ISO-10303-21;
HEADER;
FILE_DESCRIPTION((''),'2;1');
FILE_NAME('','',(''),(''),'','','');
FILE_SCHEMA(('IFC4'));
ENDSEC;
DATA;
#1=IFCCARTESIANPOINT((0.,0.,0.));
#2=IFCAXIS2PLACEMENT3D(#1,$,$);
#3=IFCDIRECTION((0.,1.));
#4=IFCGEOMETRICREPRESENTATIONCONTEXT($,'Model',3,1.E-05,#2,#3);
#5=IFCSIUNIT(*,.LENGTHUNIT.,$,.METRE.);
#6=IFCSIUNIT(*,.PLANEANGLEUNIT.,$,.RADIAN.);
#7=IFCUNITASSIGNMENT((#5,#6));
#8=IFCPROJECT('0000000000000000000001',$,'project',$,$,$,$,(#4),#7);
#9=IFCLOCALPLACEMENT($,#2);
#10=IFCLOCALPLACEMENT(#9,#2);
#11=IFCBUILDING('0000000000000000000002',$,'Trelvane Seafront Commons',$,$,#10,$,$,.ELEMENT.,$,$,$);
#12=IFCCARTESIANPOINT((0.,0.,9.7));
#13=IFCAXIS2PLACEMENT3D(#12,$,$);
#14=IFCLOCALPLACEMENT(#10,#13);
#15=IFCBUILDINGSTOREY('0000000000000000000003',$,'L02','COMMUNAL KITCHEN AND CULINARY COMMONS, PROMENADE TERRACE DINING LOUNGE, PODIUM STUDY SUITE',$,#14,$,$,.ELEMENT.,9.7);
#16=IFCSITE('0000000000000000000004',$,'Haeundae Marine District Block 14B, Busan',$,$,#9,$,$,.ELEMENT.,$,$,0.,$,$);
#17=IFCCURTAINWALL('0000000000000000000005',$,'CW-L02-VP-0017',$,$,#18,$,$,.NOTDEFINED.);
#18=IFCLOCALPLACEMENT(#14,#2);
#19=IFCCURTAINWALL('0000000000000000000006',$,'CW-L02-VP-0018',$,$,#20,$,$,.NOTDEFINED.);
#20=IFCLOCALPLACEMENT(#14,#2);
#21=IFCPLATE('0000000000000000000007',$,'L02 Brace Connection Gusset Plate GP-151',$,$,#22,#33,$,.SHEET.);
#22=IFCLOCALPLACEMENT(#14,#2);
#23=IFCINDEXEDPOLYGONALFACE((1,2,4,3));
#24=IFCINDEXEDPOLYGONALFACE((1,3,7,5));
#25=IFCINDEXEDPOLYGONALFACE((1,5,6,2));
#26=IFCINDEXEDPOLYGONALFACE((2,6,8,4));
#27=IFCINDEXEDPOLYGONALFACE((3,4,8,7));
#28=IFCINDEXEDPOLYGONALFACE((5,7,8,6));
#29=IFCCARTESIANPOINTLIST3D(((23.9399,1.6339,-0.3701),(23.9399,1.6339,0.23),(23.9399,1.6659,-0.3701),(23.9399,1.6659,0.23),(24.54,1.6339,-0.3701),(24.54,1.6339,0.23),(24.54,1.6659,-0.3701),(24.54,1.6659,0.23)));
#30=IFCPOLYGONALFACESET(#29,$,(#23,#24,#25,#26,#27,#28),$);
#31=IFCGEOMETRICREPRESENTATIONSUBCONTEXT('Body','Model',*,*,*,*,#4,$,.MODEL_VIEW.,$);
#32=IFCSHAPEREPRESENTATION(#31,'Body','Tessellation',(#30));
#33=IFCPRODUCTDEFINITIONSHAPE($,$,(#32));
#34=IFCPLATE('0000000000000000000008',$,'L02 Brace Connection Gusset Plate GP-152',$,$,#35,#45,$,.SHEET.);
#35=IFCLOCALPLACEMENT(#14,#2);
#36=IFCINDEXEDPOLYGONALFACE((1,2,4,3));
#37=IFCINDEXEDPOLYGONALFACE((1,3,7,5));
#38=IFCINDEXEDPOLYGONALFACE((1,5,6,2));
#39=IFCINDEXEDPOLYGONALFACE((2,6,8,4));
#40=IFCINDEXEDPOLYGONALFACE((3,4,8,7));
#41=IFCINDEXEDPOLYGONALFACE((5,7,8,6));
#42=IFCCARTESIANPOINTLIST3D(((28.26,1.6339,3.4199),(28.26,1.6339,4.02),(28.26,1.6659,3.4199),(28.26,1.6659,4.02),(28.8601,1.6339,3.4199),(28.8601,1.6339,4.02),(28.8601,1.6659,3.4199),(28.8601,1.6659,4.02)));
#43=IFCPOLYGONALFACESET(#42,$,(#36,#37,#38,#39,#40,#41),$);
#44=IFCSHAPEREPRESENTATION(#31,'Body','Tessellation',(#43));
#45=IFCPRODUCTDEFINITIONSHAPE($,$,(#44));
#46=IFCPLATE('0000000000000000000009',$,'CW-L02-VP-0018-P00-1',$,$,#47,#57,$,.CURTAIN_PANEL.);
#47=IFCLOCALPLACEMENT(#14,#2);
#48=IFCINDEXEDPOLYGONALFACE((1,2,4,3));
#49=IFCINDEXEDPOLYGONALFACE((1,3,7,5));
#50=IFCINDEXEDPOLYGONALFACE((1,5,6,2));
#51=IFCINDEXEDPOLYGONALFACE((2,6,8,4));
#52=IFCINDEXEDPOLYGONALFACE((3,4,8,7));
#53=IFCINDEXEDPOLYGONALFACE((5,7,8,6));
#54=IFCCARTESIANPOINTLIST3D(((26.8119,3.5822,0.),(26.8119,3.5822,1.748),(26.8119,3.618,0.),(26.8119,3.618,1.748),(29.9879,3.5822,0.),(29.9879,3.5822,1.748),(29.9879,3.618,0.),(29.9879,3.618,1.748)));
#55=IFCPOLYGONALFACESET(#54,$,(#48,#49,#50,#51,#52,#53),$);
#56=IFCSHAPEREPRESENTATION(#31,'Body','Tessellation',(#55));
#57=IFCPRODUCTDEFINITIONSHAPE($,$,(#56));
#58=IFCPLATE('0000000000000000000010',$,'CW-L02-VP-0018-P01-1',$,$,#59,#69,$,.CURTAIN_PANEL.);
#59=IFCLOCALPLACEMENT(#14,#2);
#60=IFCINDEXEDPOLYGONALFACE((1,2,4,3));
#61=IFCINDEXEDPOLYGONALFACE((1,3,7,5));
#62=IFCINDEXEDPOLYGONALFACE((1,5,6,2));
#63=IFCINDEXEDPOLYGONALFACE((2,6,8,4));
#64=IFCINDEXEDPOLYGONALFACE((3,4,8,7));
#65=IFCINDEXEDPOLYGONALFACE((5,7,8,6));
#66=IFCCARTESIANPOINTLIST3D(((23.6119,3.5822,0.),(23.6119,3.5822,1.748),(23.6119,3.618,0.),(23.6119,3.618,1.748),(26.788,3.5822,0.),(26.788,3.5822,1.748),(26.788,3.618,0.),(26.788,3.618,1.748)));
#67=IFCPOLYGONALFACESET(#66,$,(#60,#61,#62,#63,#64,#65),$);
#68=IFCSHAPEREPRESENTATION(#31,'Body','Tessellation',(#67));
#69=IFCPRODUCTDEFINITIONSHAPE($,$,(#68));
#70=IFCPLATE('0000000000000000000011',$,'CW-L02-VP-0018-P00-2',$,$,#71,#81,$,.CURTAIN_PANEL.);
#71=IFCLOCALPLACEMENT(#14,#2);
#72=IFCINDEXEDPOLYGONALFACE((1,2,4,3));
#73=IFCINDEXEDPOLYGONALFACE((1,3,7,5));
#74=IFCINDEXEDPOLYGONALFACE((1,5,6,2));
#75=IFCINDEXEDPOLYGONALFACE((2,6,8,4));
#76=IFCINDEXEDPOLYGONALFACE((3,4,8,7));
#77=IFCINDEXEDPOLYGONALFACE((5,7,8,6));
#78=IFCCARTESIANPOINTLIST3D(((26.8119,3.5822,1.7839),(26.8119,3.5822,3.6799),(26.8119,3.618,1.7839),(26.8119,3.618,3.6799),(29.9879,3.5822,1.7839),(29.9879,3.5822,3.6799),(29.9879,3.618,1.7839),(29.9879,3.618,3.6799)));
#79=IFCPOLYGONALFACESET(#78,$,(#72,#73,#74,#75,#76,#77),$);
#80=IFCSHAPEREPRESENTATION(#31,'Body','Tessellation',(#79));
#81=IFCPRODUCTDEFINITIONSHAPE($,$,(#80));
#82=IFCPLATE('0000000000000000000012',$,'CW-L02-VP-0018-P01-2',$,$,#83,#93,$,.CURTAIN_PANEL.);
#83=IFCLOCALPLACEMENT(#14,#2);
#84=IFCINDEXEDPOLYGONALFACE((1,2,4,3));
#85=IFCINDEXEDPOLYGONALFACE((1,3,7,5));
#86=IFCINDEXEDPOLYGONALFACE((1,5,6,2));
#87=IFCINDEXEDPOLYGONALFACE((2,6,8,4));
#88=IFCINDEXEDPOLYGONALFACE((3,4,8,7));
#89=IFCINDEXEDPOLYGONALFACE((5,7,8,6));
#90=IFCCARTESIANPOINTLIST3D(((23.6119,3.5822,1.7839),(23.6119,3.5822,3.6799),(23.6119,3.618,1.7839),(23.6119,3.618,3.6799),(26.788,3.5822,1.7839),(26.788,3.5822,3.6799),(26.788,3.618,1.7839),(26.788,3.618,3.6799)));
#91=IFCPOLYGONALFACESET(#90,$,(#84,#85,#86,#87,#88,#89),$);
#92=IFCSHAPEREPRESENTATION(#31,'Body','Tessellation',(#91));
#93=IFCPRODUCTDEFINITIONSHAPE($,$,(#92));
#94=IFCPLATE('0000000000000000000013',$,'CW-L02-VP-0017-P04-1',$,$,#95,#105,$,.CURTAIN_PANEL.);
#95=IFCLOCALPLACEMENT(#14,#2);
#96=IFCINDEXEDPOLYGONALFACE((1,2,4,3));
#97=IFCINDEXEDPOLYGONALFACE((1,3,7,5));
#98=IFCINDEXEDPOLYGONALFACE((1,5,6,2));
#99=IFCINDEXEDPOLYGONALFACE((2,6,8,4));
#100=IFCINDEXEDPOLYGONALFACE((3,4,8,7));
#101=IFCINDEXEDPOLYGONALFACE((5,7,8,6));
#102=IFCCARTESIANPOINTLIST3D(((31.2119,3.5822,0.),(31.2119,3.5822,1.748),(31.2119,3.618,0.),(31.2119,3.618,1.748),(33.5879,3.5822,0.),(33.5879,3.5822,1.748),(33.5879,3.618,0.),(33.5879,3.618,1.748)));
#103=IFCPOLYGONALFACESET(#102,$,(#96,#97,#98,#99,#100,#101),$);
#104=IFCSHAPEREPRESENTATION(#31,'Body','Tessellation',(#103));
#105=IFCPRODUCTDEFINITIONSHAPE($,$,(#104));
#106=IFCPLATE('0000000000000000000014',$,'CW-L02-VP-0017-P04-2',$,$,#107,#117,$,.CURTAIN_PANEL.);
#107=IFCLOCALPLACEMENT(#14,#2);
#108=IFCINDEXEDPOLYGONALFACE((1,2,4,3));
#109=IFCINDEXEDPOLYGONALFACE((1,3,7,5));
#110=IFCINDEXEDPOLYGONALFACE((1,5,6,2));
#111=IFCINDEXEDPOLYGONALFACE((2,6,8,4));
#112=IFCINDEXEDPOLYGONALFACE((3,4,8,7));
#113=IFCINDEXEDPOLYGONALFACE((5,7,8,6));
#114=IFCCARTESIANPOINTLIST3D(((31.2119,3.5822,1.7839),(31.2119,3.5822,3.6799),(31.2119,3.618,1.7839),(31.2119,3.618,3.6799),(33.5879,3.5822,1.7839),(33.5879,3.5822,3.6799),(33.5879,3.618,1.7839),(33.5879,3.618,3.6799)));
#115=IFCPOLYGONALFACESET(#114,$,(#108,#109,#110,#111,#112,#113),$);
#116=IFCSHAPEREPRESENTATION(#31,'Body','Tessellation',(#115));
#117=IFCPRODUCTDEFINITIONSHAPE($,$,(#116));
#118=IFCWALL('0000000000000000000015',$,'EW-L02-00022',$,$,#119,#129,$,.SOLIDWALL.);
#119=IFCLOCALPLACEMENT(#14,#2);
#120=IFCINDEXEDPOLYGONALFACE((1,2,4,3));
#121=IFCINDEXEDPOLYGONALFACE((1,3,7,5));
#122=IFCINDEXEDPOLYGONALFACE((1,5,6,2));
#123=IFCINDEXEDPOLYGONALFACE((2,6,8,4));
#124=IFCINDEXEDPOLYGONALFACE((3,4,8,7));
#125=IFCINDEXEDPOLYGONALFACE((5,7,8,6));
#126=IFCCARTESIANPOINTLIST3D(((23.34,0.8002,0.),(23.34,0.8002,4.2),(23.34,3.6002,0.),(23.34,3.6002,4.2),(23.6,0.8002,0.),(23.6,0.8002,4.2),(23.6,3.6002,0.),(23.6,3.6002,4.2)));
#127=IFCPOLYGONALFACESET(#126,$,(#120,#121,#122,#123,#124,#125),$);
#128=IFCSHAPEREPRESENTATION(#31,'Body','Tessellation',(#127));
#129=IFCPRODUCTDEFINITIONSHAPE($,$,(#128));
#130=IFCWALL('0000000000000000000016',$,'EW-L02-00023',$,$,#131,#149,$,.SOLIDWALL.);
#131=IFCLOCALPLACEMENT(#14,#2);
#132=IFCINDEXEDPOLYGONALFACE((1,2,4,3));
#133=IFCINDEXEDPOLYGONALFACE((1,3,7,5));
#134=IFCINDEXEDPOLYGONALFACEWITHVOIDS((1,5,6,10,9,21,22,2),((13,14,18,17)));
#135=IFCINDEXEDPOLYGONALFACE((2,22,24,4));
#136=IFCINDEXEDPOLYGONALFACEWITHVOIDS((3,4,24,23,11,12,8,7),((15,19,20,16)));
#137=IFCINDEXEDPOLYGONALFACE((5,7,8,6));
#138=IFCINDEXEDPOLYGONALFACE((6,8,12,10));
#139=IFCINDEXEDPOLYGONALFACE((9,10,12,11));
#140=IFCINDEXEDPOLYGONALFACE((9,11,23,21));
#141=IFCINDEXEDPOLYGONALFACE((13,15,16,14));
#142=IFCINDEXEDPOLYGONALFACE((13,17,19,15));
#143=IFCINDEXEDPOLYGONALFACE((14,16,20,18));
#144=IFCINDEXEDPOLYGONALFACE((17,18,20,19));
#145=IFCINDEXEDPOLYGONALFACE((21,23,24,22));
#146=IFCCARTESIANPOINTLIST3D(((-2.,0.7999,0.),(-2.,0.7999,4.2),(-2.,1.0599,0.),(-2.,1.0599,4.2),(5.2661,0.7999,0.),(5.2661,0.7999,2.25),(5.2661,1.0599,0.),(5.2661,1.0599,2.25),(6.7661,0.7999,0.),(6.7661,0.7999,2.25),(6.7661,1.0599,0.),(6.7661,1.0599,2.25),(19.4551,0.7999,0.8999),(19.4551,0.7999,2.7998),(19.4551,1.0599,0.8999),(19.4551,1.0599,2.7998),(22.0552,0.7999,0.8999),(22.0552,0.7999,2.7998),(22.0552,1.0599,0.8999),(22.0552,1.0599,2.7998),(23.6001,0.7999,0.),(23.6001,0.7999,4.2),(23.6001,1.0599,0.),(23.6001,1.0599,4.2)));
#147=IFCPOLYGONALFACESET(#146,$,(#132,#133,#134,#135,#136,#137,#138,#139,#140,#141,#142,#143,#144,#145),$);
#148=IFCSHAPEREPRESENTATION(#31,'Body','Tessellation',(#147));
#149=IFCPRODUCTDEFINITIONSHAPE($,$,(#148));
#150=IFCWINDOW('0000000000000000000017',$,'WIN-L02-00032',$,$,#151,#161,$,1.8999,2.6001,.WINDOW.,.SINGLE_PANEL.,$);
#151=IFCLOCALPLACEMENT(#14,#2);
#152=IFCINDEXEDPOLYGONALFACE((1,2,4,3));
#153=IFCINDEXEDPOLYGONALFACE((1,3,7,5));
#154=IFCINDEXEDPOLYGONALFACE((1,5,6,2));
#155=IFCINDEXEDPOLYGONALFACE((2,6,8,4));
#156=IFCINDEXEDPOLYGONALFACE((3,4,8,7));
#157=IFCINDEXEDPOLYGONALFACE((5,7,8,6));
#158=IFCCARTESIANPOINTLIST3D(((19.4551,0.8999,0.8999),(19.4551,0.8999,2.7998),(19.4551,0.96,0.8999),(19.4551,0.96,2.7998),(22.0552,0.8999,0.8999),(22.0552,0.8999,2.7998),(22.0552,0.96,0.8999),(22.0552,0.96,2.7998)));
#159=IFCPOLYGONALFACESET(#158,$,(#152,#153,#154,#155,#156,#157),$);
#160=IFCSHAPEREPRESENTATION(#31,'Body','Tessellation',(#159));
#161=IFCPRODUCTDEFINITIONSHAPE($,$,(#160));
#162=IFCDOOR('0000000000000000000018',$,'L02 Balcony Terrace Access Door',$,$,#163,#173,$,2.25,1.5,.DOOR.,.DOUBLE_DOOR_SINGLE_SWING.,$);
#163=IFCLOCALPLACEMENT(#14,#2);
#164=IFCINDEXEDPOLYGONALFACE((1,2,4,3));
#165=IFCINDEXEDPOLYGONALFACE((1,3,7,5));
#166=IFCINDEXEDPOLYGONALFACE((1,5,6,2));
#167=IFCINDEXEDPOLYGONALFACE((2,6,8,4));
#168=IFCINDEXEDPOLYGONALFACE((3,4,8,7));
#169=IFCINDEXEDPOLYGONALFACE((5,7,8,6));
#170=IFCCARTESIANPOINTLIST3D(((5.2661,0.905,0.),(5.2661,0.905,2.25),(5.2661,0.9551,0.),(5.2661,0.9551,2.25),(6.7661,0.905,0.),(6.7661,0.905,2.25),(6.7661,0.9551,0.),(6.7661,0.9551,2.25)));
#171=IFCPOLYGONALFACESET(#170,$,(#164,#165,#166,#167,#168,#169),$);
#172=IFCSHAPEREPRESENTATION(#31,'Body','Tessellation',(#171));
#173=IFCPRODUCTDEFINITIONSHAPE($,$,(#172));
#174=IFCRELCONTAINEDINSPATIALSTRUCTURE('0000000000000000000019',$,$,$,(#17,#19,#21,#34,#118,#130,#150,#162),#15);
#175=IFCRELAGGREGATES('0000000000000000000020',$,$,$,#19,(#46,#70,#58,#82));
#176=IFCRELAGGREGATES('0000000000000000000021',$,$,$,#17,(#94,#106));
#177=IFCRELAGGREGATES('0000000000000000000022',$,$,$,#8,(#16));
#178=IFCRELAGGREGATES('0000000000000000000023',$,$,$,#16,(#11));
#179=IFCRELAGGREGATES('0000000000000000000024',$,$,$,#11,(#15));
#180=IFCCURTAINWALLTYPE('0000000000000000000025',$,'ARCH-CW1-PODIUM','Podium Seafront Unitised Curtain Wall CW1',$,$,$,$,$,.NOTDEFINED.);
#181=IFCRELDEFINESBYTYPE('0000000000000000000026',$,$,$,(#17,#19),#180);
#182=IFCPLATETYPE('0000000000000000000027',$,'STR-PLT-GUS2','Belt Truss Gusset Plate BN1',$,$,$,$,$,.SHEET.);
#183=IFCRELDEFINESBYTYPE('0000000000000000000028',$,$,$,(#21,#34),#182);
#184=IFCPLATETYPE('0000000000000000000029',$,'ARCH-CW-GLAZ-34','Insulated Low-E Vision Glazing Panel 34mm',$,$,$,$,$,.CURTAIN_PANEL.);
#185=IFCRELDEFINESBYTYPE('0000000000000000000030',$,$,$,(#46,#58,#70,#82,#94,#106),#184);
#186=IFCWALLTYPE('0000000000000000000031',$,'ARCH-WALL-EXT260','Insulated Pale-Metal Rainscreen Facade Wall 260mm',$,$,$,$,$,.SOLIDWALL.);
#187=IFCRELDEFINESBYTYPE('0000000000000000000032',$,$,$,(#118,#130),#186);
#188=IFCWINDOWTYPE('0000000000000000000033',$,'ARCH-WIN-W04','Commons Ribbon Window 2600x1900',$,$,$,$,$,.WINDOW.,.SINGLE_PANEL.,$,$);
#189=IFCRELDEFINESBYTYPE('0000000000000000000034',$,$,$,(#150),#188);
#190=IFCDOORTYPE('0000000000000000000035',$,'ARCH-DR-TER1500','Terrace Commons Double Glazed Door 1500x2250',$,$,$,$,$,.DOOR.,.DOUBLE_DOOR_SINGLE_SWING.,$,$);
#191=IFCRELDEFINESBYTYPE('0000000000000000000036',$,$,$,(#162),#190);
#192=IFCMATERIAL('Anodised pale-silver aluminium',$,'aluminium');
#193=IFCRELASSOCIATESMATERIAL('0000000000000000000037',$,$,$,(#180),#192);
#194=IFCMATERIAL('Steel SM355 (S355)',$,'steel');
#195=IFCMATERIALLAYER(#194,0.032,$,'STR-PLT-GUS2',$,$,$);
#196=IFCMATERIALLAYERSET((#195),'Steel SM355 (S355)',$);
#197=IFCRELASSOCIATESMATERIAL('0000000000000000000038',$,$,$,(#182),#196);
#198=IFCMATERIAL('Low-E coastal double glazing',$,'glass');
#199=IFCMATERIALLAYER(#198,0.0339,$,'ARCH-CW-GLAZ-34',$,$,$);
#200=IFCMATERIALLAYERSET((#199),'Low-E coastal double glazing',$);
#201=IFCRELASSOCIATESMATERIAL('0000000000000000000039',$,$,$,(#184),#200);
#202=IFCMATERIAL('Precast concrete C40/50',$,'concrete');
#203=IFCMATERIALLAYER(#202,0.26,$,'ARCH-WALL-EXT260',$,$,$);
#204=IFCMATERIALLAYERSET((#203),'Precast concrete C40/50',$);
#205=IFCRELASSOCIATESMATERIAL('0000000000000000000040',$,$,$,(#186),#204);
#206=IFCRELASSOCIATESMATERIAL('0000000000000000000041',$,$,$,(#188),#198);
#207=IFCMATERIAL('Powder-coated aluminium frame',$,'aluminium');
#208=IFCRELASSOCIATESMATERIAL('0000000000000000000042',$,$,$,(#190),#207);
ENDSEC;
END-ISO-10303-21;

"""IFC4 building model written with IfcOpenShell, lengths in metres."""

from ifc_helpers import new_model, si_unit, direction, frame, frame_2d, origin, origin_2d, place, context, subcontext, project, spatial, rectangle, extrude, source, transform, mapped, material, layer, layer_set, type_object, element, fill, aggregate, save


model = new_model("IFC4")

# Units and contexts
model_context = context("Model", 3, precision=1e-05, world=origin(), true_north=direction((0.0, 1.0)))
body_context = subcontext(model_context, "Body", "Model", "MODEL_VIEW")
ifc_project = project(units=[si_unit("LENGTHUNIT", "METRE"), si_unit("PLANEANGLEUNIT", "RADIAN")], contexts=[model_context])

# Site, building, storey
site_placement = place(None, origin())
site = spatial("IfcSite", under=ifc_project, at=site_placement, Name="Haeundae Marine District Block 14B, Busan", CompositionType="ELEMENT", RefElevation=0.0)
building_placement = place(site_placement, origin())
building = spatial("IfcBuilding", under=site, at=building_placement, Name="Trelvane Seafront Commons", CompositionType="ELEMENT")
storey_placement = place(building_placement, frame((0.0, 0.0, 9.7)))
storey = spatial("IfcBuildingStorey", under=building, at=storey_placement, Name="L02", Description="COMMUNAL KITCHEN AND CULINARY COMMONS, PROMENADE TERRACE DINING LOUNGE, PODIUM STUDY SUITE", CompositionType="ELEMENT", Elevation=9.7)

# Shared definitions
ifc_material_1 = material(Name="Steel SM355 (S355)", Category="steel")

# Curtain wall
ifc_material_2 = material(Name="Anodised pale-silver aluminium", Category="aluminium")
curtain_wall_type = type_object("IfcCurtainWallType", Name="ARCH-CW1-PODIUM", Description="Podium Seafront Unitised Curtain Wall CW1", PredefinedType="NOTDEFINED", material=ifc_material_2)
curtain_wall_1_placement = place(storey_placement, origin())
curtain_wall_1 = element("IfcCurtainWall", 1, at=curtain_wall_1_placement, inside=storey, type_object=curtain_wall_type, Name="CW-L02-VP-0017", PredefinedType="NOTDEFINED")

# Curtain wall
curtain_wall_2_placement = place(storey_placement, origin())
curtain_wall_2 = element("IfcCurtainWall", 2, at=curtain_wall_2_placement, inside=storey, type_object=curtain_wall_type, Name="CW-L02-VP-0018", PredefinedType="NOTDEFINED")

# Plates
ifc_layer_1 = layer(ifc_material_1, 0.032, Name="STR-PLT-GUS2")
ifc_layer_set_1 = layer_set([ifc_layer_1], Name="Steel SM355 (S355)")
plate_type_1 = type_object("IfcPlateType", Name="STR-PLT-GUS2", Description="Belt Truss Gusset Plate BN1", PredefinedType="SHEET", material=ifc_layer_set_1)
shared_shape_1 = source(origin(), body_context, "Body", "SweptSolid", [
    extrude(rectangle(XDim=0.6001, YDim=0.032, at=origin_2d()), origin(), (0.0, 0.0, 1.0), 0.6001),
])
for number, where, z_axis, x_axis, name in (
    (3, (24.24, 1.6499, -0.3701), (0.0, 0.0, 1.0), (1.0, 0.0, 0.0), "L02 Brace Connection Gusset Plate GP-151"),
    (4, (28.5601, 1.6499, 3.4199), (0.0, 0.0, 1.0), (1.0, 0.0, 0.0), "L02 Brace Connection Gusset Plate GP-152"),
):
    element("IfcPlate", number, at=place(storey_placement, frame(where, z_axis=z_axis, x_axis=x_axis)), inside=storey, type_object=plate_type_1, Name=name, PredefinedType="SHEET", context=body_context, shape_type="MappedRepresentation", body=[
        mapped(shared_shape_1, transform((0.0, 0.0, 0.0), x_axis=(1.0, 0.0, 0.0), y_axis=(0.0, 1.0, 0.0), z_axis=(0.0, 0.0, 1.0), scale=1.0)),
    ])

# Plates
ifc_material_3 = material(Name="Low-E coastal double glazing", Category="glass")
ifc_layer_2 = layer(ifc_material_3, 0.0339, Name="ARCH-CW-GLAZ-34")
ifc_layer_set_2 = layer_set([ifc_layer_2], Name="Low-E coastal double glazing")
plate_type_2 = type_object("IfcPlateType", Name="ARCH-CW-GLAZ-34", Description="Insulated Low-E Vision Glazing Panel 34mm", PredefinedType="CURTAIN_PANEL", material=ifc_layer_set_2)
shared_shape_2 = source(origin(), body_context, "Body", "SweptSolid", [
    extrude(rectangle(XDim=3.176, YDim=0.0359, at=origin_2d()), origin(), (0.0, 0.0, 1.0), 1.748),
])
plate_1_placement = place(storey_placement, frame((28.3999, 3.6001, 0.0), z_axis=(0.0, 0.0, 1.0), x_axis=(-1.0, 0.0, 0.0)))
plate_1 = element("IfcPlate", 5, at=plate_1_placement, type_object=plate_type_2, Name="CW-L02-VP-0018-P00-1", PredefinedType="CURTAIN_PANEL", context=body_context, shape_type="MappedRepresentation", body=[
    mapped(shared_shape_2, transform((0.0, 0.0, 0.0), x_axis=(1.0, 0.0, 0.0), y_axis=(0.0, 1.0, 0.0), z_axis=(0.0, 0.0, 1.0), scale=1.0)),
])
plate_2_placement = place(storey_placement, frame((25.2, 3.6001, 0.0), z_axis=(0.0, 0.0, 1.0), x_axis=(-1.0, 0.0, 0.0)))
plate_2 = element("IfcPlate", 6, at=plate_2_placement, type_object=plate_type_2, Name="CW-L02-VP-0018-P01-1", PredefinedType="CURTAIN_PANEL", context=body_context, shape_type="MappedRepresentation", body=[
    mapped(shared_shape_2, transform((0.0, 0.0, 0.0), x_axis=(1.0, 0.0, 0.0), y_axis=(0.0, 1.0, 0.0), z_axis=(0.0, 0.0, 1.0), scale=1.0)),
])
shared_shape_3 = source(origin(), body_context, "Body", "SweptSolid", [
    extrude(rectangle(XDim=3.176, YDim=0.0359, at=origin_2d()), origin(), (0.0, 0.0, 1.0), 1.896),
])
plate_3_placement = place(storey_placement, frame((28.3999, 3.6001, 1.7839), z_axis=(0.0, 0.0, 1.0), x_axis=(-1.0, 0.0, 0.0)))
plate_3 = element("IfcPlate", 7, at=plate_3_placement, type_object=plate_type_2, Name="CW-L02-VP-0018-P00-2", PredefinedType="CURTAIN_PANEL", context=body_context, shape_type="MappedRepresentation", body=[
    mapped(shared_shape_3, transform((0.0, 0.0, 0.0), x_axis=(1.0, 0.0, 0.0), y_axis=(0.0, 1.0, 0.0), z_axis=(0.0, 0.0, 1.0), scale=1.0)),
])
plate_4_placement = place(storey_placement, frame((25.2, 3.6001, 1.7839), z_axis=(0.0, 0.0, 1.0), x_axis=(-1.0, 0.0, 0.0)))
plate_4 = element("IfcPlate", 8, at=plate_4_placement, type_object=plate_type_2, Name="CW-L02-VP-0018-P01-2", PredefinedType="CURTAIN_PANEL", context=body_context, shape_type="MappedRepresentation", body=[
    mapped(shared_shape_3, transform((0.0, 0.0, 0.0), x_axis=(1.0, 0.0, 0.0), y_axis=(0.0, 1.0, 0.0), z_axis=(0.0, 0.0, 1.0), scale=1.0)),
])
aggregate(curtain_wall_2, [plate_1, plate_3, plate_2, plate_4])
shared_shape_4 = source(origin(), body_context, "Body", "SweptSolid", [
    extrude(rectangle(XDim=2.376, YDim=0.0359, at=origin_2d()), origin(), (0.0, 0.0, 1.0), 1.748),
])
plate_5_placement = place(storey_placement, frame((32.3999, 3.6001, 0.0), z_axis=(0.0, 0.0, 1.0), x_axis=(-1.0, 0.0, 0.0)))
plate_5 = element("IfcPlate", 9, at=plate_5_placement, type_object=plate_type_2, Name="CW-L02-VP-0017-P04-1", PredefinedType="CURTAIN_PANEL", context=body_context, shape_type="MappedRepresentation", body=[
    mapped(shared_shape_4, transform((0.0, 0.0, 0.0), x_axis=(1.0, 0.0, 0.0), y_axis=(0.0, 1.0, 0.0), z_axis=(0.0, 0.0, 1.0), scale=1.0)),
])
shared_shape_5 = source(origin(), body_context, "Body", "SweptSolid", [
    extrude(rectangle(XDim=2.376, YDim=0.0359, at=origin_2d()), origin(), (0.0, 0.0, 1.0), 1.896),
])
plate_6_placement = place(storey_placement, frame((32.3999, 3.6001, 1.7839), z_axis=(0.0, 0.0, 1.0), x_axis=(-1.0, 0.0, 0.0)))
plate_6 = element("IfcPlate", 10, at=plate_6_placement, type_object=plate_type_2, Name="CW-L02-VP-0017-P04-2", PredefinedType="CURTAIN_PANEL", context=body_context, shape_type="MappedRepresentation", body=[
    mapped(shared_shape_5, transform((0.0, 0.0, 0.0), x_axis=(1.0, 0.0, 0.0), y_axis=(0.0, 1.0, 0.0), z_axis=(0.0, 0.0, 1.0), scale=1.0)),
])
aggregate(curtain_wall_1, [plate_5, plate_6])

# Wall
ifc_material_4 = material(Name="Precast concrete C40/50", Category="concrete")
ifc_layer_3 = layer(ifc_material_4, 0.26, Name="ARCH-WALL-EXT260")
ifc_layer_set_3 = layer_set([ifc_layer_3], Name="Precast concrete C40/50")
wall_type_1 = type_object("IfcWallType", Name="ARCH-WALL-EXT260", Description="Insulated Pale-Metal Rainscreen Facade Wall 260mm", PredefinedType="SOLIDWALL", material=ifc_layer_set_3)
wall_1_placement = place(storey_placement, frame((23.47, 3.6001, 0.0), z_axis=(0.0, 0.0, 1.0), x_axis=(0.0, -1.0, 0.0)))
element("IfcWall", 11, at=wall_1_placement, inside=storey, type_object=wall_type_1, Name="EW-L02-00022", PredefinedType="SOLIDWALL", context=body_context, shape_type="SweptSolid", body=[
    extrude(rectangle(XDim=2.8, YDim=0.26, at=frame_2d((1.3999, 0.0))), origin(), (0.0, 0.0, 1.0), 4.2),
])

# Wall, openings, window, door
wall_2_placement = place(storey_placement, frame((23.6001, 0.9299, 0.0), z_axis=(0.0, 0.0, 1.0), x_axis=(-1.0, 0.0, 0.0)))
wall_2 = element("IfcWall", 12, at=wall_2_placement, inside=storey, type_object=wall_type_1, Name="EW-L02-00023", PredefinedType="SOLIDWALL", context=body_context, shape_type="SweptSolid", body=[
    extrude(rectangle(XDim=25.6001, YDim=0.26, at=frame_2d((12.8, 0.0))), origin(), (0.0, 0.0, 1.0), 4.2),
])
opening_1_placement = place(wall_2_placement, frame((1.5449, 0.0, 0.8999)))
opening_1 = element("IfcOpeningElement", 13, at=opening_1_placement, cuts=wall_2, PredefinedType="OPENING", context=body_context, shape_type="SweptSolid", body=[
    extrude(rectangle(XDim=2.6001, YDim=1.8999, at=frame_2d((1.3, 0.95))), frame((0.0, 0.1399, 0.0), z_axis=(0.0, -1.0, 0.0), x_axis=(1.0, 0.0, 0.0)), (0.0, 0.0, 1.0), 0.28),
])
opening_2_placement = place(wall_2_placement, frame((16.834, 0.0, 0.0)))
opening_2 = element("IfcOpeningElement", 14, at=opening_2_placement, cuts=wall_2, PredefinedType="OPENING", context=body_context, shape_type="SweptSolid", body=[
    extrude(rectangle(XDim=1.5, YDim=2.25, at=frame_2d((0.75, 1.125))), frame((0.0, 0.1399, 0.0), z_axis=(0.0, -1.0, 0.0), x_axis=(1.0, 0.0, 0.0)), (0.0, 0.0, 1.0), 0.28),
])
window_type = type_object("IfcWindowType", Name="ARCH-WIN-W04", Description="Commons Ribbon Window 2600x1900", PartitioningType="SINGLE_PANEL", PredefinedType="WINDOW", material=ifc_material_3)
shared_shape_6 = source(origin(), body_context, "Body", "SweptSolid", [
    extrude(rectangle(XDim=2.6001, YDim=1.8999, at=frame_2d((1.3, 0.95))), frame((0.0, 0.03, 0.0), z_axis=(0.0, -1.0, 0.0), x_axis=(1.0, 0.0, 0.0)), (0.0, 0.0, 1.0), 0.0601),
])
window_placement = place(opening_1_placement, origin())
window = element("IfcWindow", 15, at=window_placement, inside=storey, type_object=window_type, Name="WIN-L02-00032", OverallHeight=1.8999, OverallWidth=2.6001, PartitioningType="SINGLE_PANEL", PredefinedType="WINDOW", context=body_context, shape_type="MappedRepresentation", body=[
    mapped(shared_shape_6, transform((0.0, 0.0, 0.0), x_axis=(1.0, 0.0, 0.0), y_axis=(0.0, 1.0, 0.0), z_axis=(0.0, 0.0, 1.0), scale=1.0)),
])
fill(opening_1, window)
ifc_material_5 = material(Name="Powder-coated aluminium frame", Category="aluminium")
door_type_1 = type_object("IfcDoorType", Name="ARCH-DR-TER1500", Description="Terrace Commons Double Glazed Door 1500x2250", OperationType="DOUBLE_DOOR_SINGLE_SWING", PredefinedType="DOOR", material=ifc_material_5)
shared_shape_7 = source(origin(), body_context, "Body", "SweptSolid", [
    extrude(rectangle(XDim=1.5, YDim=2.25, at=frame_2d((0.75, 1.125))), frame((0.0, 0.0249, 0.0), z_axis=(0.0, -1.0, 0.0), x_axis=(1.0, 0.0, 0.0)), (0.0, 0.0, 1.0), 0.05),
])
door_1_placement = place(opening_2_placement, origin())
door_1 = element("IfcDoor", 16, at=door_1_placement, inside=storey, type_object=door_type_1, Name="L02 Balcony Terrace Access Door", OperationType="DOUBLE_DOOR_SINGLE_SWING", OverallHeight=2.25, OverallWidth=1.5, PredefinedType="DOOR", context=body_context, shape_type="MappedRepresentation", body=[
    mapped(shared_shape_7, transform((0.0, 0.0, 0.0), x_axis=(1.0, 0.0, 0.0), y_axis=(0.0, 1.0, 0.0), z_axis=(0.0, 0.0, 1.0), scale=1.0)),
])
fill(opening_2, door_1)

save(model, "model.ifc")
